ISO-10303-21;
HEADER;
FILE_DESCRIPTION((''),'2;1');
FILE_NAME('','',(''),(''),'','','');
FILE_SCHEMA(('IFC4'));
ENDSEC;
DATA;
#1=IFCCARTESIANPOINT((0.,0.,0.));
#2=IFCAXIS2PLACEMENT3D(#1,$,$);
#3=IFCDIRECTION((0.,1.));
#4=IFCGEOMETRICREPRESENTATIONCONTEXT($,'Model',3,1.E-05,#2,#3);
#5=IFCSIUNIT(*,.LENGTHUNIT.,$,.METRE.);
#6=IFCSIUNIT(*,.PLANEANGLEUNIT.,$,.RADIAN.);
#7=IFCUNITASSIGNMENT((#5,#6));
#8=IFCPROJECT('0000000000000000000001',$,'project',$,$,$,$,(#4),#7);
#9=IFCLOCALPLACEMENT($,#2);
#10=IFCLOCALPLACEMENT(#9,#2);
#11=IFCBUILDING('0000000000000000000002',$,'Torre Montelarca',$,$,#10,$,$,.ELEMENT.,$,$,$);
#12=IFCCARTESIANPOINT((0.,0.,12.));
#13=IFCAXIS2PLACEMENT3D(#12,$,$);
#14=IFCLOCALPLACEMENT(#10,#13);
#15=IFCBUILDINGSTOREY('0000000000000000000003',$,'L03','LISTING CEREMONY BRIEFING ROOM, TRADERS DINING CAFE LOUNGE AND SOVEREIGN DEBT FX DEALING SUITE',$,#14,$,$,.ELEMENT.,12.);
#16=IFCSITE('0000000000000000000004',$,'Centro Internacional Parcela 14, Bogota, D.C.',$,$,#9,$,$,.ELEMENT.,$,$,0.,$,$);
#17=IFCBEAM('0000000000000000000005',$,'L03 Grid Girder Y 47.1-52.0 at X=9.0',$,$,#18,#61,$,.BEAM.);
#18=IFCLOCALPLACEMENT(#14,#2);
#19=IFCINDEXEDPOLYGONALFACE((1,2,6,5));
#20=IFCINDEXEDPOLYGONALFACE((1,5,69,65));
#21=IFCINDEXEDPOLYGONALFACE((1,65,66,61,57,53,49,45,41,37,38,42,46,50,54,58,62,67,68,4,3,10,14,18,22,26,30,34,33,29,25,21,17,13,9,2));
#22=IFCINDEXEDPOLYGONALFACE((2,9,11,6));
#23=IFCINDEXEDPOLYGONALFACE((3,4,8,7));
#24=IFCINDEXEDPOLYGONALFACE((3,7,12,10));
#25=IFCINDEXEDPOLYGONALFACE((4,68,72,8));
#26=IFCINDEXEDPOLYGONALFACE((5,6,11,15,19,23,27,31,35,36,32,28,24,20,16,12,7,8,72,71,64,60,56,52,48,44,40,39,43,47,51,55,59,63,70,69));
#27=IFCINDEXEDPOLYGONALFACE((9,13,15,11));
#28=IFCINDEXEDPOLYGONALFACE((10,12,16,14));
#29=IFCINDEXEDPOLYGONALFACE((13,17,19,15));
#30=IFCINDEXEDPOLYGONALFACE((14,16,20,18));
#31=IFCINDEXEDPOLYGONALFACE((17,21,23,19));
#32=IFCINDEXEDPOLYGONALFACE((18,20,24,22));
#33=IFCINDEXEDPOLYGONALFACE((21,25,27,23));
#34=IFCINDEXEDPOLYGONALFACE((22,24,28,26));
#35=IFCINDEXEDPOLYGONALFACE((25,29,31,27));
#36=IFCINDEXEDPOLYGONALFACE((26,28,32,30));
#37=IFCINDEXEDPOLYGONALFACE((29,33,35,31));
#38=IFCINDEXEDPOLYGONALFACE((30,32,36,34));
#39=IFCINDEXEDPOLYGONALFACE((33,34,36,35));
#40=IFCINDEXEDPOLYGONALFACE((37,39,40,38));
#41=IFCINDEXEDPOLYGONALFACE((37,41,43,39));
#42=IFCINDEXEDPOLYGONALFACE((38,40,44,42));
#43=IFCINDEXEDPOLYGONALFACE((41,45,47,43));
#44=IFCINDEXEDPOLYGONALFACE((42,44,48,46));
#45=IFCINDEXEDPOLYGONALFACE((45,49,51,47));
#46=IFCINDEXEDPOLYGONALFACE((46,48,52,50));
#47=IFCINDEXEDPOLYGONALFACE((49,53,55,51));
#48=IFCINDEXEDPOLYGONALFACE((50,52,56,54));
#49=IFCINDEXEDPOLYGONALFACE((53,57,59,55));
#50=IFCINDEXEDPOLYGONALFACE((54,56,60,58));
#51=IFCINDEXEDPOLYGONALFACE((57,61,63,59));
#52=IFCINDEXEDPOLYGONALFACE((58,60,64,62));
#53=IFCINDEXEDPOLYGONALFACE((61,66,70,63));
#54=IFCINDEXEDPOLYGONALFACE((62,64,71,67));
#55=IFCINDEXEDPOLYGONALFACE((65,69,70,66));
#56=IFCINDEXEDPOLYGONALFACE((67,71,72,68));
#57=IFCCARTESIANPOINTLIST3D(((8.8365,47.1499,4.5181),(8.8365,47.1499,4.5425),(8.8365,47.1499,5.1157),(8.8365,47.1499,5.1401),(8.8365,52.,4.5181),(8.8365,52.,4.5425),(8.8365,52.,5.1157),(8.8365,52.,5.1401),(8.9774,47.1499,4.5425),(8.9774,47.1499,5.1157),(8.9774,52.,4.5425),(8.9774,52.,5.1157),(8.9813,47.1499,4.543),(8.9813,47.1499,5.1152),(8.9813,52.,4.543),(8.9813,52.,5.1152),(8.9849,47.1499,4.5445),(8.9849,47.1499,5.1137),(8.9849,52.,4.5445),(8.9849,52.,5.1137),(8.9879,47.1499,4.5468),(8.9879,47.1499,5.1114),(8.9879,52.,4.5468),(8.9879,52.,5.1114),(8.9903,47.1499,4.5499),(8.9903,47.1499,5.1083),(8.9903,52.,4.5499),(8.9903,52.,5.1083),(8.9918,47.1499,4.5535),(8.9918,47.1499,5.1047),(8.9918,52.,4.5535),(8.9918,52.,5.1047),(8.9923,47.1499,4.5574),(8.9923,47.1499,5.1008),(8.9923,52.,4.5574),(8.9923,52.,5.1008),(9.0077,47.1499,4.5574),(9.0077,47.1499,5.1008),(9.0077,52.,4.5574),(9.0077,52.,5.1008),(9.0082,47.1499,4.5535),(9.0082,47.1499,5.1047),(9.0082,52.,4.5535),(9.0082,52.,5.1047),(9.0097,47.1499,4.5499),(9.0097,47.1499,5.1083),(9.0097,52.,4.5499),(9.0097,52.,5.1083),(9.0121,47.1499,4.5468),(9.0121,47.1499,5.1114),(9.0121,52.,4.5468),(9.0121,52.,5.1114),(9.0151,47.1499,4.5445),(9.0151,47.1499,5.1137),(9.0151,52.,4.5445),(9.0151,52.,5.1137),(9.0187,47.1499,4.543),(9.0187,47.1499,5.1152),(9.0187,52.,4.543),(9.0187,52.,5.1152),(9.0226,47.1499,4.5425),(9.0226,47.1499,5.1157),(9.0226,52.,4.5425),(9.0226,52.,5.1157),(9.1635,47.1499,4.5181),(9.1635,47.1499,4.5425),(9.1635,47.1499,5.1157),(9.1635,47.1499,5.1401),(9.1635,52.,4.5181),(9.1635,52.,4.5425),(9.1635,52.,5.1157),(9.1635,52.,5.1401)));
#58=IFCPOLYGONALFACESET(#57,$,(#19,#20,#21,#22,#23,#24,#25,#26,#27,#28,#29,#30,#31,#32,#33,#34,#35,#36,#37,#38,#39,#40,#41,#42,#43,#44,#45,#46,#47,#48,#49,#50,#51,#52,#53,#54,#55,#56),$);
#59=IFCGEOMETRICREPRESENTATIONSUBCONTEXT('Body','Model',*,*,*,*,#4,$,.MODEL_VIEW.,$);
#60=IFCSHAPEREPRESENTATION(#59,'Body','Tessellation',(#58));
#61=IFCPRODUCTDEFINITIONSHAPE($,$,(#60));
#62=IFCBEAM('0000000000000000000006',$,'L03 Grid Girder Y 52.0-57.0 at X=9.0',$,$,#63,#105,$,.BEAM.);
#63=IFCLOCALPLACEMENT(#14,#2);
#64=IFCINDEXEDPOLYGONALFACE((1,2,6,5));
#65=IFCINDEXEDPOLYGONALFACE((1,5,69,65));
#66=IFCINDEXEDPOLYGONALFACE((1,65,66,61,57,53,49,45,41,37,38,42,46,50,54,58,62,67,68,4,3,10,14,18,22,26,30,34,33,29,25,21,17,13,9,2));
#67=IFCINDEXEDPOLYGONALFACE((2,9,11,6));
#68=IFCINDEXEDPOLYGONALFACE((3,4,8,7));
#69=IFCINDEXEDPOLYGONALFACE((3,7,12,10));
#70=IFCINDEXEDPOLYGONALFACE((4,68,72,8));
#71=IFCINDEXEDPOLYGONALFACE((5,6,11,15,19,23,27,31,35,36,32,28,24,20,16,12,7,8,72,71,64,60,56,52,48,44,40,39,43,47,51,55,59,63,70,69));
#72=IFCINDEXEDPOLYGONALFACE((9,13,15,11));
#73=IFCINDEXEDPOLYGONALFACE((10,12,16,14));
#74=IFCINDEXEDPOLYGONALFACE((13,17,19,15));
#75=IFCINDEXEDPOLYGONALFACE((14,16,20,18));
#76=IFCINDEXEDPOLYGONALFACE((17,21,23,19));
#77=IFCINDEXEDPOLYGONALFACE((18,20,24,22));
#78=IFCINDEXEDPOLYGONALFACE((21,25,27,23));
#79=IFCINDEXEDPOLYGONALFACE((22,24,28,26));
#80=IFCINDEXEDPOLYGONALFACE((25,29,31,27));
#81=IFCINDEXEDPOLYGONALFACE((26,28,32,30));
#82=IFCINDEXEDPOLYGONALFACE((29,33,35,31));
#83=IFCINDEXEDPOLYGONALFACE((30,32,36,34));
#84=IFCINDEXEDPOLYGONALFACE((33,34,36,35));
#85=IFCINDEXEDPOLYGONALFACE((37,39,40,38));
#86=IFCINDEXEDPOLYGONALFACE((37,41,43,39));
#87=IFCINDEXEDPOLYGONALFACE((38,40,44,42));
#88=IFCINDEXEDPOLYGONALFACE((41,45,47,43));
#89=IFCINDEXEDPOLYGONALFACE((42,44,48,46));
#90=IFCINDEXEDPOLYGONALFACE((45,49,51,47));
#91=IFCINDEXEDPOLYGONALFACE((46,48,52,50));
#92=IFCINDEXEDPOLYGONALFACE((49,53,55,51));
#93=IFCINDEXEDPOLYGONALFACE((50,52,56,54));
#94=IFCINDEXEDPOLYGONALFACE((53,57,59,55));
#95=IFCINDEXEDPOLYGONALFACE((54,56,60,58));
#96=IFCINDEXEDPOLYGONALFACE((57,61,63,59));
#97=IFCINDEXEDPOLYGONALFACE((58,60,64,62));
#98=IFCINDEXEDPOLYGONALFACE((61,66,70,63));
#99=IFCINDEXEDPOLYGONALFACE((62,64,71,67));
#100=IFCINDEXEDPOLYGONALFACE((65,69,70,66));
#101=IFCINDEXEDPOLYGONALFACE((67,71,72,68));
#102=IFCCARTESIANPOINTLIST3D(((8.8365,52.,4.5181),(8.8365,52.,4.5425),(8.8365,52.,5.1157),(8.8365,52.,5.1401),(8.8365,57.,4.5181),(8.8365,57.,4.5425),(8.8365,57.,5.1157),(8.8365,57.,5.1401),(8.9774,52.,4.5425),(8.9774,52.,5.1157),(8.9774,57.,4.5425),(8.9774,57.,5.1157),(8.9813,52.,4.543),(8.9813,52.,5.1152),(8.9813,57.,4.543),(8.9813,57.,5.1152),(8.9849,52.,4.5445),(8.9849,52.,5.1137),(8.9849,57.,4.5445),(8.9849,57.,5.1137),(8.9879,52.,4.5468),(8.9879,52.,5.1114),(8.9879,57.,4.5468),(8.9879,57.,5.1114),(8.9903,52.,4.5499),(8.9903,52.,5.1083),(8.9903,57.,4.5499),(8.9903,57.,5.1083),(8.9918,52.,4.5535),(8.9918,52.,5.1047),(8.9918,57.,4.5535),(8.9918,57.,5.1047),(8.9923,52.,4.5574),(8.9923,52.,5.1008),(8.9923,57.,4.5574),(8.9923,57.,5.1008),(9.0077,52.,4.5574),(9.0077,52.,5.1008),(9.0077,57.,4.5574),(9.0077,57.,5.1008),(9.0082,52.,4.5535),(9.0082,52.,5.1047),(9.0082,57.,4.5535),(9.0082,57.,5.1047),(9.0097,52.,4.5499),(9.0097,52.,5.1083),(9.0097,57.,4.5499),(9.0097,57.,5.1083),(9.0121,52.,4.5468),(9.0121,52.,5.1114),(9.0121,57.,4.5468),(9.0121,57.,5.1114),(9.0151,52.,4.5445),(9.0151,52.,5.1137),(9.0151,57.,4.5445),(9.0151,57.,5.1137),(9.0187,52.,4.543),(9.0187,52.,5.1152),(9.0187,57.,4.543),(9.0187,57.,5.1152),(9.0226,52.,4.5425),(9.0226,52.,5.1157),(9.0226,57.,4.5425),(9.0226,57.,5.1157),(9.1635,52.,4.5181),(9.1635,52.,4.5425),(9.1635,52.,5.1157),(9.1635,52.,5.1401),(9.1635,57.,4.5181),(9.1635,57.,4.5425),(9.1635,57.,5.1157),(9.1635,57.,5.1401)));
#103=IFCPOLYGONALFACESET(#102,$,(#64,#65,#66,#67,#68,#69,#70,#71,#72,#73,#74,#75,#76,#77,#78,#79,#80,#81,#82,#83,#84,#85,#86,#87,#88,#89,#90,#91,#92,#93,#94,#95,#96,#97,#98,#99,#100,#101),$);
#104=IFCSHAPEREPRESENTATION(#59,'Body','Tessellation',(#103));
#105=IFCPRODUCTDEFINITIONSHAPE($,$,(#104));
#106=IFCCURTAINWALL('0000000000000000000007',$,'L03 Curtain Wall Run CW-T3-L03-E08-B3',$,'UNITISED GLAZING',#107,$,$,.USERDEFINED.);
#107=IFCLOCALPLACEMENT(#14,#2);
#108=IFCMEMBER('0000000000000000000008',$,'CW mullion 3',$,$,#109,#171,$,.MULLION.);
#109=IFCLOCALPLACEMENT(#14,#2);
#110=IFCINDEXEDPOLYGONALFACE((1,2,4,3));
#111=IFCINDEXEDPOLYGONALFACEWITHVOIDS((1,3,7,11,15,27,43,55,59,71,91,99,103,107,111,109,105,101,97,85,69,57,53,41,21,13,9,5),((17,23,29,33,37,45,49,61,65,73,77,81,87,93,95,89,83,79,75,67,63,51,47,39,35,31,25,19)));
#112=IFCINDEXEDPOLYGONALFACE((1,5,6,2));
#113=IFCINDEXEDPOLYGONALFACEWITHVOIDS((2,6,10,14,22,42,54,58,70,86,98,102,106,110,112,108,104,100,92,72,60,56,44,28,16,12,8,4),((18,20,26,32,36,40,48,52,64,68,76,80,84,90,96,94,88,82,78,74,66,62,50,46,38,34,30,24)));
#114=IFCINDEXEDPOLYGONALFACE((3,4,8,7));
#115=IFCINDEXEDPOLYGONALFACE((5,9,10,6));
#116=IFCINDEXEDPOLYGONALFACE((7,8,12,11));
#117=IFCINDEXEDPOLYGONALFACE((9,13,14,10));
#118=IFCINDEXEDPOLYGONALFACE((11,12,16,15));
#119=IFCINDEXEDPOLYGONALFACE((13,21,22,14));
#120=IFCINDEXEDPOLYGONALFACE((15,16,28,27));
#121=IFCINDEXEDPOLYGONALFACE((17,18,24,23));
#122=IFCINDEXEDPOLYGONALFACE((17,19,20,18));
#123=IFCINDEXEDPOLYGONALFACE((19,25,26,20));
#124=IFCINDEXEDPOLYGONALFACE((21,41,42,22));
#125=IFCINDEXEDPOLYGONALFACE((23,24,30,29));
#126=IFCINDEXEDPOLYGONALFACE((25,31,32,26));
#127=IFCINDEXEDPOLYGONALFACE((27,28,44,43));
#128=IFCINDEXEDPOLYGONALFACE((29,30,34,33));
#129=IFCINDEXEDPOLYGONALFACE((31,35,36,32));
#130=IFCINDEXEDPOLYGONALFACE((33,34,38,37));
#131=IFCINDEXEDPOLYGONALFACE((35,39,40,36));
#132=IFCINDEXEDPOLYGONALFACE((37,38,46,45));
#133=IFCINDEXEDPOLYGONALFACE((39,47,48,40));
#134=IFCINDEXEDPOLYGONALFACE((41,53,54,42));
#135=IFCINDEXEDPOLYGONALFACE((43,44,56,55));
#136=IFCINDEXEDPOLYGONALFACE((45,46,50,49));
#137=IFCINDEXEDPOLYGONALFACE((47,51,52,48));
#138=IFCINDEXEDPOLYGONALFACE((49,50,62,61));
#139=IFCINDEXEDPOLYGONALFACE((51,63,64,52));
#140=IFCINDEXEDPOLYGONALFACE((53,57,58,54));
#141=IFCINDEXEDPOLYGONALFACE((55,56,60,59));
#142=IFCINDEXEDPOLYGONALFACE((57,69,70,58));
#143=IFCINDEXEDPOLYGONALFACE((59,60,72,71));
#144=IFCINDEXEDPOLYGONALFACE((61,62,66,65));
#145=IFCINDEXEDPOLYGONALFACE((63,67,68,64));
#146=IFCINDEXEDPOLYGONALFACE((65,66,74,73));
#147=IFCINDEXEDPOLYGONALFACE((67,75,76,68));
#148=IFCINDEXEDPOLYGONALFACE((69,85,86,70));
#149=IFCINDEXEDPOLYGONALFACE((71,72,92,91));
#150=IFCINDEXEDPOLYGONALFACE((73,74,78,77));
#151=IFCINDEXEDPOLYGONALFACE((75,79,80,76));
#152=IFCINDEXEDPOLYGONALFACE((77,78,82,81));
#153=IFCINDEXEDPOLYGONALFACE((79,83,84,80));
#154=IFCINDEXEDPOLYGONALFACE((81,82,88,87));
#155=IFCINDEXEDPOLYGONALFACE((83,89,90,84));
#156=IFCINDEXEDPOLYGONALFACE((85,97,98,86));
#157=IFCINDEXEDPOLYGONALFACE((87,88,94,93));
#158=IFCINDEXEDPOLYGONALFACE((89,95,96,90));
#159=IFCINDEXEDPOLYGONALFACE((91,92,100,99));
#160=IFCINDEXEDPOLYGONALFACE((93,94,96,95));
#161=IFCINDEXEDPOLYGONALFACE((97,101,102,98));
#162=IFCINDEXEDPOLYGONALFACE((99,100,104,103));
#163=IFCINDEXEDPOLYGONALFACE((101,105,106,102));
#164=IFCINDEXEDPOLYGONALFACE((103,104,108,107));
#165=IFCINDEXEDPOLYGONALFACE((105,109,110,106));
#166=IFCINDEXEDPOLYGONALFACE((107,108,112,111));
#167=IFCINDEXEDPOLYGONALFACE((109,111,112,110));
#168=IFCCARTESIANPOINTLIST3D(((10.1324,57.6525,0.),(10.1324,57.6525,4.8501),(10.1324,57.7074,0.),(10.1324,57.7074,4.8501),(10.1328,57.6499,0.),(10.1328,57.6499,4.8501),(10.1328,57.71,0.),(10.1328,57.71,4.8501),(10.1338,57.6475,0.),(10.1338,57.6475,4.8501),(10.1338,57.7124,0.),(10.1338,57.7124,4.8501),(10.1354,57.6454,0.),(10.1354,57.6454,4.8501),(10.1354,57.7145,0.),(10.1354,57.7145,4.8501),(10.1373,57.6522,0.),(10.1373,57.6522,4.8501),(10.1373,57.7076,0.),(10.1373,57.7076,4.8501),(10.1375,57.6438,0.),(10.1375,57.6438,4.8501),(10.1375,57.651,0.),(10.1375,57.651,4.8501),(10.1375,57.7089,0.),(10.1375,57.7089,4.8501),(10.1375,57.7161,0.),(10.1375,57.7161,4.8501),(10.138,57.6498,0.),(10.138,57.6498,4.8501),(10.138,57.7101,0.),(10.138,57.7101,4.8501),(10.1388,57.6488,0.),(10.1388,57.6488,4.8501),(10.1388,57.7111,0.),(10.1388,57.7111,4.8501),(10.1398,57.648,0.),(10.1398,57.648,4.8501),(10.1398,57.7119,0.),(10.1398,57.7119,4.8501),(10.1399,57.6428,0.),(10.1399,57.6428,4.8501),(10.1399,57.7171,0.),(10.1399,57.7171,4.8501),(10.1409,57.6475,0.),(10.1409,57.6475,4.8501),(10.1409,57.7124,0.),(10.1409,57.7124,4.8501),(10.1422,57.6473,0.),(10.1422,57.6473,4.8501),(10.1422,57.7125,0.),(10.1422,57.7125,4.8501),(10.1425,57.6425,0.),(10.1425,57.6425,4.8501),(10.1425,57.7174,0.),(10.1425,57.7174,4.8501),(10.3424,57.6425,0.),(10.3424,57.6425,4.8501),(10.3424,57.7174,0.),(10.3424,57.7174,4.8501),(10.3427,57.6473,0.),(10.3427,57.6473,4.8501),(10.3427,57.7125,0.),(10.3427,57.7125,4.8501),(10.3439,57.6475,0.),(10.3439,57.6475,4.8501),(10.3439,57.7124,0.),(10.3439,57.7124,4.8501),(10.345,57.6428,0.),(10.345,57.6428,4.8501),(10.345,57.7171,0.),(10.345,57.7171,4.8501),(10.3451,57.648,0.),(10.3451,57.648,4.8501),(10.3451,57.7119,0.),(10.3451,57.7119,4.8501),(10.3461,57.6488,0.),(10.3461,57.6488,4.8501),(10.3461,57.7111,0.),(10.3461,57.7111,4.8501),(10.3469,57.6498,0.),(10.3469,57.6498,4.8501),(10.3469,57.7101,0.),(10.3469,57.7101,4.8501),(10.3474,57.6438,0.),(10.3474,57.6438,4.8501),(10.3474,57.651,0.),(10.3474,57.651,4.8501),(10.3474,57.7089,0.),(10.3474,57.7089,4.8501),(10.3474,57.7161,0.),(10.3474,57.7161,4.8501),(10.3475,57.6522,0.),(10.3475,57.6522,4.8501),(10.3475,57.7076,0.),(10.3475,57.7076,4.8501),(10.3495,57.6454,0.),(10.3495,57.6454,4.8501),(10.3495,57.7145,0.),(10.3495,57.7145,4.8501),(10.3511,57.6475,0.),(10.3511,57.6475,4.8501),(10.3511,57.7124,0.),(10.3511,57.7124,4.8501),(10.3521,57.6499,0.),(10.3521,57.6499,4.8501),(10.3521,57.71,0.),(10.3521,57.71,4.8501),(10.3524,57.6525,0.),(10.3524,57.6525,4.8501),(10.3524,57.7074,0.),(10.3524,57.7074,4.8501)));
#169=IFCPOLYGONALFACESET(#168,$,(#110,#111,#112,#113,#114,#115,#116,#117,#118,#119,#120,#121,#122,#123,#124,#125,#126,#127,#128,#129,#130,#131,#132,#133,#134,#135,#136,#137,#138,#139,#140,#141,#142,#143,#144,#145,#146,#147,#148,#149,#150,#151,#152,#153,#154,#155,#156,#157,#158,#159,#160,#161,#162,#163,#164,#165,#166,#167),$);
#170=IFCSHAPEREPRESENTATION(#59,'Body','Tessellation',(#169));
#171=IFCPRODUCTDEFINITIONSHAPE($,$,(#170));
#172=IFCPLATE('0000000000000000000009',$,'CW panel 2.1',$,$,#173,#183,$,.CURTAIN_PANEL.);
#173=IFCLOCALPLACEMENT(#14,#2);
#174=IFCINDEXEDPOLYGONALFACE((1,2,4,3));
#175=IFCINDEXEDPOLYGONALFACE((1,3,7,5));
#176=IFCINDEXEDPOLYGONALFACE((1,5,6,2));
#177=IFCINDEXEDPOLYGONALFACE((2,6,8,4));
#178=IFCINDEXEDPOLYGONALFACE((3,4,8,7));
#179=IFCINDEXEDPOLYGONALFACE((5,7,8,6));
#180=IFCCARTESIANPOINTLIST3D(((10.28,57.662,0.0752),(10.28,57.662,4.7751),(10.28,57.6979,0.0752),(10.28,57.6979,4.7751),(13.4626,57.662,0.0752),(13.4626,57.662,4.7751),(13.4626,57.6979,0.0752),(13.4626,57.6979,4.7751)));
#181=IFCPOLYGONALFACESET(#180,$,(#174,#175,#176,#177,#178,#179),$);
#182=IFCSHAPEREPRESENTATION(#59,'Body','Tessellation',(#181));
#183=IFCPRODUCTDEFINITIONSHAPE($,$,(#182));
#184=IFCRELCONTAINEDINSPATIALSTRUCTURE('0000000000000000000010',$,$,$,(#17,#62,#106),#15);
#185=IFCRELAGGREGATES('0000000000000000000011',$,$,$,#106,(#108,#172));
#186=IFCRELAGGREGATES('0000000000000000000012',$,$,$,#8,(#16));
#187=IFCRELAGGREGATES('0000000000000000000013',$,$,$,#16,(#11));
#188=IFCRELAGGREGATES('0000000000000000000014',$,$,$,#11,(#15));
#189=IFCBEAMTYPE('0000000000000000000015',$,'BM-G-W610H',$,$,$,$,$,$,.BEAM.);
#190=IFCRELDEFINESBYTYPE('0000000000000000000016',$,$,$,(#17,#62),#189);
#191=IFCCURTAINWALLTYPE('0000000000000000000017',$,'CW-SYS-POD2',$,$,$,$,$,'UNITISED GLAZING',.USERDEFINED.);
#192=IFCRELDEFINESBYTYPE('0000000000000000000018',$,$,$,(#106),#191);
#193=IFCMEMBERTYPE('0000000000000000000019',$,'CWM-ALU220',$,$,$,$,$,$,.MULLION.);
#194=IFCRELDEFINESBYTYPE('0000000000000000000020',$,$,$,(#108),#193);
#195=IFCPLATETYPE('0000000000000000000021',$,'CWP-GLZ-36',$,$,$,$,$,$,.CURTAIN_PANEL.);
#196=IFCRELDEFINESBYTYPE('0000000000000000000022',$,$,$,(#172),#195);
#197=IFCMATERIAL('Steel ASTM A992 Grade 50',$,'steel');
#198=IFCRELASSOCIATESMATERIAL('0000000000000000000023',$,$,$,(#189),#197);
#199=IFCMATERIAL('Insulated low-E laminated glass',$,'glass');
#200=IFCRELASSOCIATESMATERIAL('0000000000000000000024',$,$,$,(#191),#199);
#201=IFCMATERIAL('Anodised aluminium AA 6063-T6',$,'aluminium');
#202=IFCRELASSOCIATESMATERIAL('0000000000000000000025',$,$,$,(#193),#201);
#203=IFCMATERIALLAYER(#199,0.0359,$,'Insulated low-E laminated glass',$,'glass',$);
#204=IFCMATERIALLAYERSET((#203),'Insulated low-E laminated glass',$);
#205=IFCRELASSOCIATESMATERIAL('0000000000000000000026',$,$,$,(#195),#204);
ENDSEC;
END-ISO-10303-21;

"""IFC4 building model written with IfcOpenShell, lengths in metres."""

from ifc_helpers import new_model, si_unit, direction, frame, origin, origin_2d, place, context, subcontext, project, spatial, rectangle, hollow_rectangle, i_section, extrude, source, transform, mapped, material, layer, layer_set, material_profile, profile_set, type_object, element, aggregate, save


model = new_model("IFC4")

# Units and contexts
model_context = context("Model", 3, precision=1e-05, world=origin(), true_north=direction((0.0, 1.0)))
body_context = subcontext(model_context, "Body", "Model", "MODEL_VIEW")
ifc_project = project(units=[si_unit("LENGTHUNIT", "METRE"), si_unit("PLANEANGLEUNIT", "RADIAN")], contexts=[model_context])

# Site, building, storey
site_placement = place(None, origin())
site = spatial("IfcSite", under=ifc_project, at=site_placement, Name="Centro Internacional Parcela 14, Bogota, D.C.", CompositionType="ELEMENT", RefElevation=0.0)
building_placement = place(site_placement, origin())
building = spatial("IfcBuilding", under=site, at=building_placement, Name="Torre Montelarca", CompositionType="ELEMENT")
storey_placement = place(building_placement, frame((0.0, 0.0, 12.0)))
storey = spatial("IfcBuildingStorey", under=building, at=storey_placement, Name="L03", Description="LISTING CEREMONY BRIEFING ROOM, TRADERS DINING CAFE LOUNGE AND SOVEREIGN DEBT FX DEALING SUITE", CompositionType="ELEMENT", Elevation=12.0)

# Beams
ifc_material_1 = material(Name="Steel ASTM A992 Grade 50", Category="steel")
ifc_material_profile_1 = material_profile(ifc_material_1, i_section(OverallWidth=0.3269, OverallDepth=0.6221, WebThickness=0.0154, FlangeThickness=0.0244, FilletRadius=0.0149, at=origin_2d()), Name="W610X195", Category="steel")
ifc_profile_set_1 = profile_set([ifc_material_profile_1], Name="Steel ASTM A992 Grade 50")
beam_type_1 = type_object("IfcBeamType", Name="BM-G-W610H", PredefinedType="BEAM", material=ifc_profile_set_1)
shared_shape_1 = source(origin(), body_context, "Body", "SweptSolid", [
    extrude(i_section(OverallWidth=0.3269, OverallDepth=0.6221, WebThickness=0.0154, FlangeThickness=0.0244, FilletRadius=0.0149, at=origin_2d()), origin(), (0.0, 0.0, 1.0), 4.8501),
])
beam_1_placement = place(storey_placement, frame((9.0, 47.1499, 4.8291), z_axis=(0.0, 1.0, 0.0), x_axis=(-1.0, 0.0, 0.0)))
element("IfcBeam", 1, at=beam_1_placement, inside=storey, type_object=beam_type_1, Name="L03 Grid Girder Y 47.1-52.0 at X=9.0", PredefinedType="BEAM", context=body_context, shape_type="MappedRepresentation", body=[
    mapped(shared_shape_1, transform((0.0, 0.0, 0.0), scale=1.0)),
])
shared_shape_2 = source(origin(), body_context, "Body", "SweptSolid", [
    extrude(i_section(OverallWidth=0.3269, OverallDepth=0.6221, WebThickness=0.0154, FlangeThickness=0.0244, FilletRadius=0.0149, at=origin_2d()), origin(), (0.0, 0.0, 1.0), 5.0),
])
beam_2_placement = place(storey_placement, frame((9.0, 52.0, 4.8291), z_axis=(0.0, 1.0, 0.0), x_axis=(-1.0, 0.0, 0.0)))
element("IfcBeam", 2, at=beam_2_placement, inside=storey, type_object=beam_type_1, Name="L03 Grid Girder Y 52.0-57.0 at X=9.0", PredefinedType="BEAM", context=body_context, shape_type="MappedRepresentation", body=[
    mapped(shared_shape_2, transform((0.0, 0.0, 0.0), scale=1.0)),
])

# Curtain wall, member, plate
ifc_material_2 = material(Name="Insulated low-E laminated glass", Category="glass")
curtain_wall_type = type_object("IfcCurtainWallType", Name="CW-SYS-POD2", ElementType="UNITISED GLAZING", PredefinedType="USERDEFINED", material=ifc_material_2)
curtain_wall_placement = place(storey_placement, origin())
curtain_wall = element("IfcCurtainWall", 3, at=curtain_wall_placement, inside=storey, type_object=curtain_wall_type, Name="L03 Curtain Wall Run CW-T3-L03-E08-B3", ObjectType="UNITISED GLAZING", PredefinedType="USERDEFINED")
ifc_material_3 = material(Name="Anodised aluminium AA 6063-T6", Category="aluminium")
ifc_material_profile_2 = material_profile(ifc_material_3, hollow_rectangle(XDim=0.075, YDim=0.22, WallThickness=0.0049, InnerFilletRadius=0.0049, OuterFilletRadius=0.01, at=origin_2d()), Name="ALU75X220X5", Category="aluminium")
ifc_profile_set_2 = profile_set([ifc_material_profile_2], Name="Anodised aluminium AA 6063-T6")
member_type = type_object("IfcMemberType", Name="CWM-ALU220", PredefinedType="MULLION", material=ifc_profile_set_2)
shared_shape_3 = source(origin(), body_context, "Body", "SweptSolid", [
    extrude(hollow_rectangle(XDim=0.075, YDim=0.22, WallThickness=0.0049, InnerFilletRadius=0.0049, OuterFilletRadius=0.01, at=origin_2d()), origin(), (0.0, 0.0, 1.0), 4.8501),
])
member_placement = place(storey_placement, frame((10.2424, 57.6799, 0.0), z_axis=(0.0, 0.0, 1.0), x_axis=(0.0, -1.0, 0.0)))
member = element("IfcMember", 4, at=member_placement, type_object=member_type, Name="CW mullion 3", PredefinedType="MULLION", context=body_context, shape_type="MappedRepresentation", body=[
    mapped(shared_shape_3, transform((0.0, 0.0, 0.0), scale=1.0)),
])
ifc_layer_1 = layer(ifc_material_2, 0.0359, Name="Insulated low-E laminated glass", Category="glass")
ifc_layer_set_1 = layer_set([ifc_layer_1], Name="Insulated low-E laminated glass")
plate_type = type_object("IfcPlateType", Name="CWP-GLZ-36", PredefinedType="CURTAIN_PANEL", material=ifc_layer_set_1)
shared_shape_4 = source(origin(), body_context, "Body", "SweptSolid", [
    extrude(rectangle(XDim=3.1826, YDim=0.0359, at=origin_2d()), origin(), (0.0, 0.0, 1.0), 4.7),
])
plate_placement = place(storey_placement, frame((11.8713, 57.6799, 0.0752), z_axis=(0.0, 0.0, 1.0), x_axis=(-1.0, 0.0, 0.0)))
plate = element("IfcPlate", 5, at=plate_placement, type_object=plate_type, Name="CW panel 2.1", PredefinedType="CURTAIN_PANEL", context=body_context, shape_type="MappedRepresentation", body=[
    mapped(shared_shape_4, transform((0.0, 0.0, 0.0), scale=1.0)),
])
aggregate(curtain_wall, [member, plate])

save(model, "model.ifc")
